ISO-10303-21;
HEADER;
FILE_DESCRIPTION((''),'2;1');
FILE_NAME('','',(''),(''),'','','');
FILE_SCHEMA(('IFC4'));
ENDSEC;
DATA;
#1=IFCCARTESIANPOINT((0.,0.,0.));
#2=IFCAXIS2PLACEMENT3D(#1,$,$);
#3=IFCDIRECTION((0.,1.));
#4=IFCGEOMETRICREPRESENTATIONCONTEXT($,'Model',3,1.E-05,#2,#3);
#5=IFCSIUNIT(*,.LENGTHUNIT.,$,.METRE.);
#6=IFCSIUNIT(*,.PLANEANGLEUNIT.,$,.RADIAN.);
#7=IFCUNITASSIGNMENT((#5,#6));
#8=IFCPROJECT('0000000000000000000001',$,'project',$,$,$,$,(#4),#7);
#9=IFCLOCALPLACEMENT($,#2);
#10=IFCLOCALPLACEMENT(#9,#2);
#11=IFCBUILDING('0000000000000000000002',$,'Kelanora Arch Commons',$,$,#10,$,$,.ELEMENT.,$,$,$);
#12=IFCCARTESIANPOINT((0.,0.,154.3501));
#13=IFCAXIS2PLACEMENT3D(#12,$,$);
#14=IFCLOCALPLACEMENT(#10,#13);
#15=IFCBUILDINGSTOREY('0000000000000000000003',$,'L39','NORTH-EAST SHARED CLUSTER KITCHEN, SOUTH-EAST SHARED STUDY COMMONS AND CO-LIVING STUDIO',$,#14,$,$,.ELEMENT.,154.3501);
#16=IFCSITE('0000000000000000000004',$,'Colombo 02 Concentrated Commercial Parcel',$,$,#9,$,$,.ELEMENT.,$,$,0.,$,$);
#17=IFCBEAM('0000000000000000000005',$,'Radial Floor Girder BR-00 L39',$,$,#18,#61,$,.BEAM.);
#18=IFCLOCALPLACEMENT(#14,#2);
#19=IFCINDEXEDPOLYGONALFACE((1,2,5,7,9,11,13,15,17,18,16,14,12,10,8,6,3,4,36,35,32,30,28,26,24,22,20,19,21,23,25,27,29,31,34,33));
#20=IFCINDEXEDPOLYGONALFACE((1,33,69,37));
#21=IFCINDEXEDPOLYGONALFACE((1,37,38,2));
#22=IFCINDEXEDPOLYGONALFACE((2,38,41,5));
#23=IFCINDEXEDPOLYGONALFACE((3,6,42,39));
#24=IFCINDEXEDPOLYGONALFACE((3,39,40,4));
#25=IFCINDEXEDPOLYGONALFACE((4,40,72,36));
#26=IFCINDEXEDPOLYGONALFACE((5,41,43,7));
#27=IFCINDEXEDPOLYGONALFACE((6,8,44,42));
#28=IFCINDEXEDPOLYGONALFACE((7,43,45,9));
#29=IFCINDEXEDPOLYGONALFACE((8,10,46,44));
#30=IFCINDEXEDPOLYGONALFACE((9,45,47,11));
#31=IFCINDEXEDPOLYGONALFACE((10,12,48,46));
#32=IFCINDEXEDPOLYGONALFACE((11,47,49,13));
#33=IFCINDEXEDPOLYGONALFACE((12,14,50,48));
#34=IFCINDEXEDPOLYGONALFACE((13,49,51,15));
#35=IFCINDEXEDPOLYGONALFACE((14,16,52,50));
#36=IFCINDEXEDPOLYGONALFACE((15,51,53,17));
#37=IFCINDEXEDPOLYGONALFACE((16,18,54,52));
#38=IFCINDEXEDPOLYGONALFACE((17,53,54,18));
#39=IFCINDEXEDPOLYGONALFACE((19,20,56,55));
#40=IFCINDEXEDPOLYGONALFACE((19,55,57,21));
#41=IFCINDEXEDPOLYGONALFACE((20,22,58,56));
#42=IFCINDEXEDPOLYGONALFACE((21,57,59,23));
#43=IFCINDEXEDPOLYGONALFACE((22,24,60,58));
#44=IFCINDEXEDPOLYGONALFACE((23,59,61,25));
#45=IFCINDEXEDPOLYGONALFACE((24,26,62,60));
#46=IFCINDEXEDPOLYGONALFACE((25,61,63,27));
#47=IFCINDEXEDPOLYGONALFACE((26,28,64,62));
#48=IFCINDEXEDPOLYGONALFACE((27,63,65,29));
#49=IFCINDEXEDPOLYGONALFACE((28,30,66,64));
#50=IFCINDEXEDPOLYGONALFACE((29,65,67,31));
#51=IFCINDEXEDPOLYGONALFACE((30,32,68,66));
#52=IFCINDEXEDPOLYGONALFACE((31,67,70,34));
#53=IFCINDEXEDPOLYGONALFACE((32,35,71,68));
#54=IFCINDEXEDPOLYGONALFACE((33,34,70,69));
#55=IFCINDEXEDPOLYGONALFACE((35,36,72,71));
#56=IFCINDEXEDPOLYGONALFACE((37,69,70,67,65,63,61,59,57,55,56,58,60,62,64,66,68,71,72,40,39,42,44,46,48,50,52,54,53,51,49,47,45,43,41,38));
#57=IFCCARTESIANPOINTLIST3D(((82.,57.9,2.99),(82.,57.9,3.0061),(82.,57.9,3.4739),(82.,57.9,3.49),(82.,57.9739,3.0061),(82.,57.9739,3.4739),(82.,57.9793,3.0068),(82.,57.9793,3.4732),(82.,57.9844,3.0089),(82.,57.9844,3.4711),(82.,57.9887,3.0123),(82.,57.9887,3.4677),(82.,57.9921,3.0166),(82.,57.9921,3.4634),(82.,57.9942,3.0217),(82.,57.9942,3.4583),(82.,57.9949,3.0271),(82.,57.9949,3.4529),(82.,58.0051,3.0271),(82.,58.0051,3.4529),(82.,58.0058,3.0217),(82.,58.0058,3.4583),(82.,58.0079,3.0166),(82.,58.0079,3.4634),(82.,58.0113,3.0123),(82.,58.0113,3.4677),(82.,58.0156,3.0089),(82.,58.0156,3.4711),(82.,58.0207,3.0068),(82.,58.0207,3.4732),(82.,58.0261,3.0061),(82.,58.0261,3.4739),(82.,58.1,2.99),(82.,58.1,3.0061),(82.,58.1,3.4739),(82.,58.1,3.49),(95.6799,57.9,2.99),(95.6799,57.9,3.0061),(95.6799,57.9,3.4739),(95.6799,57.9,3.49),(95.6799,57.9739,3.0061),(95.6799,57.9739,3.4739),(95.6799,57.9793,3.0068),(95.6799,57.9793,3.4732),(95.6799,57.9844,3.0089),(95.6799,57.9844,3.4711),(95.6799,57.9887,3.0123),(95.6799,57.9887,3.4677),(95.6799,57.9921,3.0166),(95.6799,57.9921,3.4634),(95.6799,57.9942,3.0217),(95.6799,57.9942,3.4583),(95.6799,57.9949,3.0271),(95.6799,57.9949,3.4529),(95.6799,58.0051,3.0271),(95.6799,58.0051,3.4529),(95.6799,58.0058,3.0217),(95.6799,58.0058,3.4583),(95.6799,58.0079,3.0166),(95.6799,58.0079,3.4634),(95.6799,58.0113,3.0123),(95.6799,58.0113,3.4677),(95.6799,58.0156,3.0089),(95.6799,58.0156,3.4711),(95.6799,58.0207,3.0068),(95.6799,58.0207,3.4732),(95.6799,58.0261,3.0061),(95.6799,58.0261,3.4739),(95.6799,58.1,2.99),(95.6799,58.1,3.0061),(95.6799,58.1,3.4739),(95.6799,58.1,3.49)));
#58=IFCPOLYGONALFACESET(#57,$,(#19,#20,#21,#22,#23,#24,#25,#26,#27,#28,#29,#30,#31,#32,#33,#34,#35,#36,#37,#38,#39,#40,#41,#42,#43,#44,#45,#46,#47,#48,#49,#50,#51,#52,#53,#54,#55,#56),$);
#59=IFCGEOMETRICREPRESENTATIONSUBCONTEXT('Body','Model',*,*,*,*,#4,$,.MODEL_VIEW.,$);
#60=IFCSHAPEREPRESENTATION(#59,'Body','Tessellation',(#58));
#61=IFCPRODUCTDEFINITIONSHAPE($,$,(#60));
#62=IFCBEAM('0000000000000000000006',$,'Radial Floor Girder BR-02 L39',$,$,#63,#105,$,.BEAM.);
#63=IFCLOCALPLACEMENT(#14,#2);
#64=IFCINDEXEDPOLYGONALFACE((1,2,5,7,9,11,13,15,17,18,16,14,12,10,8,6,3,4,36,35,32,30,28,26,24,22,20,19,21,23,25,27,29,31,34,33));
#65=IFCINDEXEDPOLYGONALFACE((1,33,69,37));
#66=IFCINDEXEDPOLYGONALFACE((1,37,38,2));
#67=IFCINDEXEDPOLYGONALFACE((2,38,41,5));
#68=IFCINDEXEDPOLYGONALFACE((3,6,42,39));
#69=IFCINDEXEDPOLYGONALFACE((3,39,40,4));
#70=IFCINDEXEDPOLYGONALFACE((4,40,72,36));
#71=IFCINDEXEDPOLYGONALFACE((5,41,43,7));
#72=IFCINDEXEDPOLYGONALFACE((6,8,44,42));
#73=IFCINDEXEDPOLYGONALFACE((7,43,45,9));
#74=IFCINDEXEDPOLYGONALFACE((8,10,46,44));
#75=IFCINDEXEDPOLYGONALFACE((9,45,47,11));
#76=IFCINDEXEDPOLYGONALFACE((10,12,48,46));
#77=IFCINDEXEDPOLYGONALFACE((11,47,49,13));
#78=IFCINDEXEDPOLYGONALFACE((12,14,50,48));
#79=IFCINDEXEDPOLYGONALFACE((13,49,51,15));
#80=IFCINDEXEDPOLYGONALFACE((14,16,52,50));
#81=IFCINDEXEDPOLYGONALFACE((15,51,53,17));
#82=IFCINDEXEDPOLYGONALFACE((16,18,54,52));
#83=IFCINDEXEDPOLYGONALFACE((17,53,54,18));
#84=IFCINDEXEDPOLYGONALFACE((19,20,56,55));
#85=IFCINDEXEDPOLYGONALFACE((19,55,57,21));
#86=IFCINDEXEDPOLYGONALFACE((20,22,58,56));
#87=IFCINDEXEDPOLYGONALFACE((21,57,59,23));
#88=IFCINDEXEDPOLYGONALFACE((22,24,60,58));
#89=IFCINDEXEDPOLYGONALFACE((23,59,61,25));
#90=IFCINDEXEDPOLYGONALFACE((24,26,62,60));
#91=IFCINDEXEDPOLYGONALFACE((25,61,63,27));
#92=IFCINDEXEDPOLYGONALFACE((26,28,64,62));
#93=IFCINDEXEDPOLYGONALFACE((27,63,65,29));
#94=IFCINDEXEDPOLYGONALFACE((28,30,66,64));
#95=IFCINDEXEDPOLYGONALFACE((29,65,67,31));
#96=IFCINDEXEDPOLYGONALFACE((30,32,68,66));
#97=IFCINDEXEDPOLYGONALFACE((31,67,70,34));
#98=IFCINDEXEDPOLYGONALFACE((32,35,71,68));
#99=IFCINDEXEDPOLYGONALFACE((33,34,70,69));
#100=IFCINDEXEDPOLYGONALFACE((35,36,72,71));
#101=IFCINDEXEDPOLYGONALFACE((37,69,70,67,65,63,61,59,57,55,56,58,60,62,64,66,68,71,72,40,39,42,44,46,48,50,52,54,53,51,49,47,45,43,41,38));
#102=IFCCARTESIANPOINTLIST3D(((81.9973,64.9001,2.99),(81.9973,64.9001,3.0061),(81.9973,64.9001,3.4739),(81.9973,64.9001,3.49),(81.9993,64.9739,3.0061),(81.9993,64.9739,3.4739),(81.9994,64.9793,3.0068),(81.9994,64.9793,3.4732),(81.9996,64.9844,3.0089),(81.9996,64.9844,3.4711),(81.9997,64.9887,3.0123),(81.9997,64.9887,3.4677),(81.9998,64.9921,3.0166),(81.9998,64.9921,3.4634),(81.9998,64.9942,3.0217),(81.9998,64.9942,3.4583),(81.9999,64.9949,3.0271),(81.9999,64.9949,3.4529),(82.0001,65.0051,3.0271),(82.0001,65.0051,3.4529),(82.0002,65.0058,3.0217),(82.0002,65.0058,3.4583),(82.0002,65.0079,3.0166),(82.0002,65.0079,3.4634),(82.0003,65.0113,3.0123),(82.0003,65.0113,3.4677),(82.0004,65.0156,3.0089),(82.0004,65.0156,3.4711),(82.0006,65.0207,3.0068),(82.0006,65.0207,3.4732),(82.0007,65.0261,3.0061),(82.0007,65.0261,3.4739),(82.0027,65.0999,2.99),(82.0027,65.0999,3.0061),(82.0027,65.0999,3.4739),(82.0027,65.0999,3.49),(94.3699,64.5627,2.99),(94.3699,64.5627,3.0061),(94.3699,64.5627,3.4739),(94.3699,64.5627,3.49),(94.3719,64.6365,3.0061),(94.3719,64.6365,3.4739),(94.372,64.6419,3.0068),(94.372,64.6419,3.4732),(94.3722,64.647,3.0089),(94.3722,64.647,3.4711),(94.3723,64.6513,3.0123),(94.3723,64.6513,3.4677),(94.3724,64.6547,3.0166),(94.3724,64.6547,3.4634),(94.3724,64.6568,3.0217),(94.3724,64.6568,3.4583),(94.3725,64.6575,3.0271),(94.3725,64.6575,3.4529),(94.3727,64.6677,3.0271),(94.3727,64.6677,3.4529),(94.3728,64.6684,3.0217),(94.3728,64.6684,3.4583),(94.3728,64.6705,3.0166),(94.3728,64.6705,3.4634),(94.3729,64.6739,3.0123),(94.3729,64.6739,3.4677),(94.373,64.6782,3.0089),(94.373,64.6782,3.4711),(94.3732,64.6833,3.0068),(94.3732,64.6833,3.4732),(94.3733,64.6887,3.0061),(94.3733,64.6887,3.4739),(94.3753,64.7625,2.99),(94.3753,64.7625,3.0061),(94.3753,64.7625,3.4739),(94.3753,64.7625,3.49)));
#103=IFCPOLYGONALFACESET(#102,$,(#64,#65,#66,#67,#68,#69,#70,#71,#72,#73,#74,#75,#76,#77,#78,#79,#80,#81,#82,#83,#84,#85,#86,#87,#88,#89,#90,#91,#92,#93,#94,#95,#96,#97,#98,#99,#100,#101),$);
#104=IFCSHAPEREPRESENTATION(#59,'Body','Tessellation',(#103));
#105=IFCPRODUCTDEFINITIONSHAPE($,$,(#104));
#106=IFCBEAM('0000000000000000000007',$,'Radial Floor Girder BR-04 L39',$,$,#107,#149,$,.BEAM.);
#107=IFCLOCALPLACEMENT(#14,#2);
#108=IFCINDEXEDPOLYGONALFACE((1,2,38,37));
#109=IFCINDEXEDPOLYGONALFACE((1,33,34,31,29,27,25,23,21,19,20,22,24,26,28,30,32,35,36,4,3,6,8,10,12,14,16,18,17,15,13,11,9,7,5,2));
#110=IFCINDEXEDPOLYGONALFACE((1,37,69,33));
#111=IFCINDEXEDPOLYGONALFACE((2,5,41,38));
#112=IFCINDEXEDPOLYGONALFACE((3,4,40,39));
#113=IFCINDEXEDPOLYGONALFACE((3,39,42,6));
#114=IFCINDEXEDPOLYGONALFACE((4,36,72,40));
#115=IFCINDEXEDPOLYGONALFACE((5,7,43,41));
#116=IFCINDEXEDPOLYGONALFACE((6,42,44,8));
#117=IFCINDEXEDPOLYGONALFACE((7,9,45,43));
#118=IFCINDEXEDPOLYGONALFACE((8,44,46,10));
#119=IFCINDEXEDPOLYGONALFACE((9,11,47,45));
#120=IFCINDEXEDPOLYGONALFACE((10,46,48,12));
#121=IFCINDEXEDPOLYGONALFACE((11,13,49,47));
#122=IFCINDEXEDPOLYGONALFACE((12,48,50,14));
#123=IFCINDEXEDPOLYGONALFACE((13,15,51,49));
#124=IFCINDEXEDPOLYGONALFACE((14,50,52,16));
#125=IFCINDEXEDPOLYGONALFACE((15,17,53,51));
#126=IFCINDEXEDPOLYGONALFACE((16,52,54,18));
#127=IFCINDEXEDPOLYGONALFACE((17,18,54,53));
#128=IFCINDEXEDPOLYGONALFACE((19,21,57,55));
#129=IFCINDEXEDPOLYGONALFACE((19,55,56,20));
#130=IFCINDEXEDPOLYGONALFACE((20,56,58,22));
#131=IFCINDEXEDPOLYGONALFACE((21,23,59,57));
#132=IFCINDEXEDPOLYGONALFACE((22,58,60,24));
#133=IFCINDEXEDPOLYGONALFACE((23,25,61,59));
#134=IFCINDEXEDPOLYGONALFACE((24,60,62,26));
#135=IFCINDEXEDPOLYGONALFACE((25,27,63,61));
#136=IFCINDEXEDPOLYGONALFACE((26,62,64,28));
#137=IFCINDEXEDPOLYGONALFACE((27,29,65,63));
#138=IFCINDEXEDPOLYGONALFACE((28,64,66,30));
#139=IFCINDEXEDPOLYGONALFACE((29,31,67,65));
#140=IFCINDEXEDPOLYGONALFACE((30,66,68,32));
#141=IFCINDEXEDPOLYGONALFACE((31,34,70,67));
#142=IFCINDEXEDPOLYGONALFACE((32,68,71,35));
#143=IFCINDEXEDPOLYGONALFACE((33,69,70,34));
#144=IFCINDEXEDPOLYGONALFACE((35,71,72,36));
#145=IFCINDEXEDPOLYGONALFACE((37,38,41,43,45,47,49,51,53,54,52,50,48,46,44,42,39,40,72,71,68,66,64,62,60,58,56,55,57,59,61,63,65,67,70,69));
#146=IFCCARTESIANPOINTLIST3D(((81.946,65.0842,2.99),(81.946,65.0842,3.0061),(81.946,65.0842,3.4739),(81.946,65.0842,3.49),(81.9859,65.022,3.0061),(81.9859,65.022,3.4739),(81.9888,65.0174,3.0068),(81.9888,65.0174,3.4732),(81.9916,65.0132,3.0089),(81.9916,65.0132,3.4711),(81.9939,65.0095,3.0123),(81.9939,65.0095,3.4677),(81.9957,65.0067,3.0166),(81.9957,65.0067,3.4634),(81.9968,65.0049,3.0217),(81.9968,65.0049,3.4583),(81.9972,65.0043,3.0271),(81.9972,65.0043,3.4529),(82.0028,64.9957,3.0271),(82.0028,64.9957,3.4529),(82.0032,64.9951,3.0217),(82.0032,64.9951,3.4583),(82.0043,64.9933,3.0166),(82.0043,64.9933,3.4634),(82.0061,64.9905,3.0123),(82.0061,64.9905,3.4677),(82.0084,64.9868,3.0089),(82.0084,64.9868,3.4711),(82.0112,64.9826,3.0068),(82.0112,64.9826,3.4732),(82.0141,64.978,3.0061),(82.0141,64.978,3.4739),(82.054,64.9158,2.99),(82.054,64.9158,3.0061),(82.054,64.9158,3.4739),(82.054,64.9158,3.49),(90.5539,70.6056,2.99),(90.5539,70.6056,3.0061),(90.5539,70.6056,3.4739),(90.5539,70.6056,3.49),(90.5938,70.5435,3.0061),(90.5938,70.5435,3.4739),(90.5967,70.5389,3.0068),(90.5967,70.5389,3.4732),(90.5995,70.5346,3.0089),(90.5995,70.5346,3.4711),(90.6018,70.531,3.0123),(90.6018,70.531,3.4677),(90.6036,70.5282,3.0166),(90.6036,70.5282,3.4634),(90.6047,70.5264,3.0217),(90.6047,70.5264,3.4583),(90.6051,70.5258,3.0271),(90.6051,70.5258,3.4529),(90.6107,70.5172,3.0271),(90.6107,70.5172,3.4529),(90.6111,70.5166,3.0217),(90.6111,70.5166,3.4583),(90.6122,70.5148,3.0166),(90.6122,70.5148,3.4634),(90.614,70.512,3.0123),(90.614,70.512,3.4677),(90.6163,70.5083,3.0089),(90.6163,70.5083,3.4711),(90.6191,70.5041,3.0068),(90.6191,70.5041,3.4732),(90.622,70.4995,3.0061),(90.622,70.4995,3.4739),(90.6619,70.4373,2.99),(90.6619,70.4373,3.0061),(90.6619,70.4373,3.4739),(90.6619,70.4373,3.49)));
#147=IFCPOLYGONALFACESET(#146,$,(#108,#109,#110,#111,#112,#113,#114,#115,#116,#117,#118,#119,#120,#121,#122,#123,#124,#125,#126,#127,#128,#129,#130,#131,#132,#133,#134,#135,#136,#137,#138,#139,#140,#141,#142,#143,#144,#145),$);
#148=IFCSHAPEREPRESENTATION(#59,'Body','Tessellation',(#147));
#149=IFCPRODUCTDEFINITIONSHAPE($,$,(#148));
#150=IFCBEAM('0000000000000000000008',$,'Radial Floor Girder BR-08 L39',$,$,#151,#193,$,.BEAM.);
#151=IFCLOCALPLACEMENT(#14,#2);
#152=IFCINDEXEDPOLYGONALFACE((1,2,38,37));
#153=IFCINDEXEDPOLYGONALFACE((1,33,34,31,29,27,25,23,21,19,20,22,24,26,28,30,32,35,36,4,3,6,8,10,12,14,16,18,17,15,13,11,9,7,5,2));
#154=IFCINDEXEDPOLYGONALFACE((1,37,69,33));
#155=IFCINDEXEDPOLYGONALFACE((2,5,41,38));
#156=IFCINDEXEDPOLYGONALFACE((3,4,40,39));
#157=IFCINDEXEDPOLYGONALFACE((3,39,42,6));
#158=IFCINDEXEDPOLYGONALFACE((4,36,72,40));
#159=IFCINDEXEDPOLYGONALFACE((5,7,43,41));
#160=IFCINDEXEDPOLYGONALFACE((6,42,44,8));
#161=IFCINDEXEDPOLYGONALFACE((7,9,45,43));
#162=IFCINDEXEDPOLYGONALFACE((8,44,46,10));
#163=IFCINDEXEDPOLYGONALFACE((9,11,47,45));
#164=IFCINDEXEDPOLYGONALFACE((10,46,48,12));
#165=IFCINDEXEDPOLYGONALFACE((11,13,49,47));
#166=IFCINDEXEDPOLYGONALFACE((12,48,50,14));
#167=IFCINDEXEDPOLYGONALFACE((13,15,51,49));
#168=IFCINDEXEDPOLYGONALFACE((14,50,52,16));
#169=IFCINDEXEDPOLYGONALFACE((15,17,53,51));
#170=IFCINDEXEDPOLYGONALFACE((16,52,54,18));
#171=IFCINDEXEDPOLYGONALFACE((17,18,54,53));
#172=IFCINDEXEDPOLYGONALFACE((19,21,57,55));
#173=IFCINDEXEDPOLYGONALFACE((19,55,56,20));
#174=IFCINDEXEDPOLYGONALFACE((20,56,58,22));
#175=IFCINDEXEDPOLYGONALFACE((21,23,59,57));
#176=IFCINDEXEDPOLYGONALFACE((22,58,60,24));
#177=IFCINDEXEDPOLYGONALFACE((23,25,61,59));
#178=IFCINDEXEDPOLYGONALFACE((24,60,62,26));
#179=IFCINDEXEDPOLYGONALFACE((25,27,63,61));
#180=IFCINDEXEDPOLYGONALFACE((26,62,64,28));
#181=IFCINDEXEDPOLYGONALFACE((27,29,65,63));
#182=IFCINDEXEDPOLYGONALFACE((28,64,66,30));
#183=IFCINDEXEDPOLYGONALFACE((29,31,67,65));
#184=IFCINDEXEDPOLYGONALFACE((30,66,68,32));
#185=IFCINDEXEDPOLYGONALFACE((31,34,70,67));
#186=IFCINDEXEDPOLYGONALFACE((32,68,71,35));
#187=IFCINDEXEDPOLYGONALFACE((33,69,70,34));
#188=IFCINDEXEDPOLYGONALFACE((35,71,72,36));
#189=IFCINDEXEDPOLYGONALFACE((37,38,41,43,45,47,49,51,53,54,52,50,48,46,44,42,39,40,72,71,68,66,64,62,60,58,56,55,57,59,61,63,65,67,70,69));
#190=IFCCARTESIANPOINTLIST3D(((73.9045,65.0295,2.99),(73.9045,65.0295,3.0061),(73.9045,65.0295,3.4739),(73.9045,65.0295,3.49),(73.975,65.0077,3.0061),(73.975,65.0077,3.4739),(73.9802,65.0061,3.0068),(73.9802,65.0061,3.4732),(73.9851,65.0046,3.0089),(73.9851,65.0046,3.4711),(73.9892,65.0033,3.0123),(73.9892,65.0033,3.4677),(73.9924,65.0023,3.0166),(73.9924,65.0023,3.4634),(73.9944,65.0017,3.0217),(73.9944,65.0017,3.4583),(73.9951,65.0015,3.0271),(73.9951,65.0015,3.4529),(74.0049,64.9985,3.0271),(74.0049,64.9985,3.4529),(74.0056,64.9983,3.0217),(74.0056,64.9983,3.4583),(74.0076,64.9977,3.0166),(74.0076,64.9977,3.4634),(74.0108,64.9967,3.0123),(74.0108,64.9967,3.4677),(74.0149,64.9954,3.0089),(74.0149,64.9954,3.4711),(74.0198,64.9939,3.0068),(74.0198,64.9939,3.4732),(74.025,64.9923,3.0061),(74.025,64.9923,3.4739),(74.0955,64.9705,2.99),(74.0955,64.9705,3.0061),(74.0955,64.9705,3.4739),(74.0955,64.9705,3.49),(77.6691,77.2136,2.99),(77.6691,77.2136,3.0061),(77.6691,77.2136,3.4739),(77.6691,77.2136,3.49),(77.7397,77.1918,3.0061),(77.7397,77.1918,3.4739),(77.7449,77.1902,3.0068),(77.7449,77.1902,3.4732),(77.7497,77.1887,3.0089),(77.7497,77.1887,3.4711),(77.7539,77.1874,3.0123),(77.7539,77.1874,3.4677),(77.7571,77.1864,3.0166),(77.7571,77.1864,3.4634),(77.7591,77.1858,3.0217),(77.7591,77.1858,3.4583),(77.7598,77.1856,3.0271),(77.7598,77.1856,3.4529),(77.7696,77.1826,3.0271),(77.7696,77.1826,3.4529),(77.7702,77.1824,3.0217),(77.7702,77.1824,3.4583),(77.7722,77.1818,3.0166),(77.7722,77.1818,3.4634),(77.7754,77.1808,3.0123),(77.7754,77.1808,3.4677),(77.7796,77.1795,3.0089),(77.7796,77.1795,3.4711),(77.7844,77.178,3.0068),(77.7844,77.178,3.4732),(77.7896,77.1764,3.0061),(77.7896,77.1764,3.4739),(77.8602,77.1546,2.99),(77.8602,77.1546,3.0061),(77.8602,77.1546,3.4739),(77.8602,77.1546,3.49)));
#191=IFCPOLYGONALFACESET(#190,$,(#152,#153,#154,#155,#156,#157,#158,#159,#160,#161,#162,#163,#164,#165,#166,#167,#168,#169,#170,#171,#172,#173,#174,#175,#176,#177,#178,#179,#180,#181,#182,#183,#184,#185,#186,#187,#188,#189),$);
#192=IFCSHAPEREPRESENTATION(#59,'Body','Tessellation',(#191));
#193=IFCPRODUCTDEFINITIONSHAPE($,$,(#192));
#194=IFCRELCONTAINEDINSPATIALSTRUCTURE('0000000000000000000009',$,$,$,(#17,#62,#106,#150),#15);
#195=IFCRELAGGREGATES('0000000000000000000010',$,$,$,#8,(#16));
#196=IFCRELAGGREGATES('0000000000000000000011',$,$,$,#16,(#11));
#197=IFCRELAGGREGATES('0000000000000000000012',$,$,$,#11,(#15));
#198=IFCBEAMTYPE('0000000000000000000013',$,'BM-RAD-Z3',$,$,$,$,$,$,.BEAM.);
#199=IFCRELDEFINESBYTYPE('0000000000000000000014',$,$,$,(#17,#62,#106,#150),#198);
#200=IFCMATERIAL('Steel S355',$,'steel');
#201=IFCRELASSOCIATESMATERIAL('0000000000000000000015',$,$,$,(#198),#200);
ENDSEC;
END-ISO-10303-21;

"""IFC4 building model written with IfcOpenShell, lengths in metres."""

from ifc_helpers import new_model, si_unit, direction, frame, origin, origin_2d, place, context, subcontext, project, spatial, i_section, extrude, material, material_profile, profile_set, type_object, element, save


model = new_model("IFC4")

# Units and contexts
model_context = context("Model", 3, precision=1e-05, world=origin(), true_north=direction((0.0, 1.0)))
body_context = subcontext(model_context, "Body", "Model", "MODEL_VIEW")
ifc_project = project(units=[si_unit("LENGTHUNIT", "METRE"), si_unit("PLANEANGLEUNIT", "RADIAN")], contexts=[model_context])

# Site, building, storey
site_placement = place(None, origin())
site = spatial("IfcSite", under=ifc_project, at=site_placement, Name="Colombo 02 Concentrated Commercial Parcel", CompositionType="ELEMENT", RefElevation=0.0)
building_placement = place(site_placement, origin())
building = spatial("IfcBuilding", under=site, at=building_placement, Name="Kelanora Arch Commons", CompositionType="ELEMENT")
storey_placement = place(building_placement, frame((0.0, 0.0, 154.3501)))
storey = spatial("IfcBuildingStorey", under=building, at=storey_placement, Name="L39", Description="NORTH-EAST SHARED CLUSTER KITCHEN, SOUTH-EAST SHARED STUDY COMMONS AND CO-LIVING STUDIO", CompositionType="ELEMENT", Elevation=154.3501)

# Beams
ifc_material_1 = material(Name="Steel S355", Category="steel")
ifc_material_profile_1 = material_profile(ifc_material_1, i_section(OverallWidth=0.2, OverallDepth=0.5, WebThickness=0.0103, FlangeThickness=0.0161, FilletRadius=0.021, at=origin_2d()), Name="IPE500")
ifc_profile_set_1 = profile_set([ifc_material_profile_1], Name="Steel S355")
beam_type_1 = type_object("IfcBeamType", Name="BM-RAD-Z3", PredefinedType="BEAM", material=ifc_profile_set_1)
beam_1_placement = place(storey_placement, frame((82.0, 58.0, 3.24), z_axis=(1.0, 0.0, 0.0), x_axis=(0.0, 1.0, 0.0)))
element("IfcBeam", 1, at=beam_1_placement, inside=storey, type_object=beam_type_1, Name="Radial Floor Girder BR-00 L39", PredefinedType="BEAM", context=body_context, shape_type="SweptSolid", body=[
    extrude(i_section(OverallWidth=0.2, OverallDepth=0.5, WebThickness=0.0103, FlangeThickness=0.0161, FilletRadius=0.021, at=origin_2d()), origin(), (0.0, 0.0, 1.0), 13.6799),
])
beam_2_placement = place(storey_placement, frame((82.0, 65.0, 3.24), z_axis=(0.999628, -0.02726, 0.0), x_axis=(0.02726, 0.999628, 0.0)))
element("IfcBeam", 2, at=beam_2_placement, inside=storey, type_object=beam_type_1, Name="Radial Floor Girder BR-02 L39", PredefinedType="BEAM", context=body_context, shape_type="SweptSolid", body=[
    extrude(i_section(OverallWidth=0.2, OverallDepth=0.5, WebThickness=0.0103, FlangeThickness=0.0161, FilletRadius=0.021, at=origin_2d()), origin(), (0.0, 0.0, 1.0), 12.3772),
])
beam_3_placement = place(storey_placement, frame((82.0, 65.0, 3.24), z_axis=(0.841719, 0.539915, 0.0), x_axis=(-0.539915, 0.841719, 0.0)))
element("IfcBeam", 3, at=beam_3_placement, inside=storey, type_object=beam_type_1, Name="Radial Floor Girder BR-04 L39", PredefinedType="BEAM", context=body_context, shape_type="SweptSolid", body=[
    extrude(i_section(OverallWidth=0.2, OverallDepth=0.5, WebThickness=0.0103, FlangeThickness=0.0161, FilletRadius=0.021, at=origin_2d()), origin(), (0.0, 0.0, 1.0), 10.2266),
])
beam_4_placement = place(storey_placement, frame((74.0, 65.0, 3.24), z_axis=(0.29521, 0.955432, 0.0), x_axis=(-0.955432, 0.29521, 0.0)))
element("IfcBeam", 4, at=beam_4_placement, inside=storey, type_object=beam_type_1, Name="Radial Floor Girder BR-08 L39", PredefinedType="BEAM", context=body_context, shape_type="SweptSolid", body=[
    extrude(i_section(OverallWidth=0.2, OverallDepth=0.5, WebThickness=0.0103, FlangeThickness=0.0161, FilletRadius=0.021, at=origin_2d()), origin(), (0.0, 0.0, 1.0), 12.7524),
])

save(model, "model.ifc")
